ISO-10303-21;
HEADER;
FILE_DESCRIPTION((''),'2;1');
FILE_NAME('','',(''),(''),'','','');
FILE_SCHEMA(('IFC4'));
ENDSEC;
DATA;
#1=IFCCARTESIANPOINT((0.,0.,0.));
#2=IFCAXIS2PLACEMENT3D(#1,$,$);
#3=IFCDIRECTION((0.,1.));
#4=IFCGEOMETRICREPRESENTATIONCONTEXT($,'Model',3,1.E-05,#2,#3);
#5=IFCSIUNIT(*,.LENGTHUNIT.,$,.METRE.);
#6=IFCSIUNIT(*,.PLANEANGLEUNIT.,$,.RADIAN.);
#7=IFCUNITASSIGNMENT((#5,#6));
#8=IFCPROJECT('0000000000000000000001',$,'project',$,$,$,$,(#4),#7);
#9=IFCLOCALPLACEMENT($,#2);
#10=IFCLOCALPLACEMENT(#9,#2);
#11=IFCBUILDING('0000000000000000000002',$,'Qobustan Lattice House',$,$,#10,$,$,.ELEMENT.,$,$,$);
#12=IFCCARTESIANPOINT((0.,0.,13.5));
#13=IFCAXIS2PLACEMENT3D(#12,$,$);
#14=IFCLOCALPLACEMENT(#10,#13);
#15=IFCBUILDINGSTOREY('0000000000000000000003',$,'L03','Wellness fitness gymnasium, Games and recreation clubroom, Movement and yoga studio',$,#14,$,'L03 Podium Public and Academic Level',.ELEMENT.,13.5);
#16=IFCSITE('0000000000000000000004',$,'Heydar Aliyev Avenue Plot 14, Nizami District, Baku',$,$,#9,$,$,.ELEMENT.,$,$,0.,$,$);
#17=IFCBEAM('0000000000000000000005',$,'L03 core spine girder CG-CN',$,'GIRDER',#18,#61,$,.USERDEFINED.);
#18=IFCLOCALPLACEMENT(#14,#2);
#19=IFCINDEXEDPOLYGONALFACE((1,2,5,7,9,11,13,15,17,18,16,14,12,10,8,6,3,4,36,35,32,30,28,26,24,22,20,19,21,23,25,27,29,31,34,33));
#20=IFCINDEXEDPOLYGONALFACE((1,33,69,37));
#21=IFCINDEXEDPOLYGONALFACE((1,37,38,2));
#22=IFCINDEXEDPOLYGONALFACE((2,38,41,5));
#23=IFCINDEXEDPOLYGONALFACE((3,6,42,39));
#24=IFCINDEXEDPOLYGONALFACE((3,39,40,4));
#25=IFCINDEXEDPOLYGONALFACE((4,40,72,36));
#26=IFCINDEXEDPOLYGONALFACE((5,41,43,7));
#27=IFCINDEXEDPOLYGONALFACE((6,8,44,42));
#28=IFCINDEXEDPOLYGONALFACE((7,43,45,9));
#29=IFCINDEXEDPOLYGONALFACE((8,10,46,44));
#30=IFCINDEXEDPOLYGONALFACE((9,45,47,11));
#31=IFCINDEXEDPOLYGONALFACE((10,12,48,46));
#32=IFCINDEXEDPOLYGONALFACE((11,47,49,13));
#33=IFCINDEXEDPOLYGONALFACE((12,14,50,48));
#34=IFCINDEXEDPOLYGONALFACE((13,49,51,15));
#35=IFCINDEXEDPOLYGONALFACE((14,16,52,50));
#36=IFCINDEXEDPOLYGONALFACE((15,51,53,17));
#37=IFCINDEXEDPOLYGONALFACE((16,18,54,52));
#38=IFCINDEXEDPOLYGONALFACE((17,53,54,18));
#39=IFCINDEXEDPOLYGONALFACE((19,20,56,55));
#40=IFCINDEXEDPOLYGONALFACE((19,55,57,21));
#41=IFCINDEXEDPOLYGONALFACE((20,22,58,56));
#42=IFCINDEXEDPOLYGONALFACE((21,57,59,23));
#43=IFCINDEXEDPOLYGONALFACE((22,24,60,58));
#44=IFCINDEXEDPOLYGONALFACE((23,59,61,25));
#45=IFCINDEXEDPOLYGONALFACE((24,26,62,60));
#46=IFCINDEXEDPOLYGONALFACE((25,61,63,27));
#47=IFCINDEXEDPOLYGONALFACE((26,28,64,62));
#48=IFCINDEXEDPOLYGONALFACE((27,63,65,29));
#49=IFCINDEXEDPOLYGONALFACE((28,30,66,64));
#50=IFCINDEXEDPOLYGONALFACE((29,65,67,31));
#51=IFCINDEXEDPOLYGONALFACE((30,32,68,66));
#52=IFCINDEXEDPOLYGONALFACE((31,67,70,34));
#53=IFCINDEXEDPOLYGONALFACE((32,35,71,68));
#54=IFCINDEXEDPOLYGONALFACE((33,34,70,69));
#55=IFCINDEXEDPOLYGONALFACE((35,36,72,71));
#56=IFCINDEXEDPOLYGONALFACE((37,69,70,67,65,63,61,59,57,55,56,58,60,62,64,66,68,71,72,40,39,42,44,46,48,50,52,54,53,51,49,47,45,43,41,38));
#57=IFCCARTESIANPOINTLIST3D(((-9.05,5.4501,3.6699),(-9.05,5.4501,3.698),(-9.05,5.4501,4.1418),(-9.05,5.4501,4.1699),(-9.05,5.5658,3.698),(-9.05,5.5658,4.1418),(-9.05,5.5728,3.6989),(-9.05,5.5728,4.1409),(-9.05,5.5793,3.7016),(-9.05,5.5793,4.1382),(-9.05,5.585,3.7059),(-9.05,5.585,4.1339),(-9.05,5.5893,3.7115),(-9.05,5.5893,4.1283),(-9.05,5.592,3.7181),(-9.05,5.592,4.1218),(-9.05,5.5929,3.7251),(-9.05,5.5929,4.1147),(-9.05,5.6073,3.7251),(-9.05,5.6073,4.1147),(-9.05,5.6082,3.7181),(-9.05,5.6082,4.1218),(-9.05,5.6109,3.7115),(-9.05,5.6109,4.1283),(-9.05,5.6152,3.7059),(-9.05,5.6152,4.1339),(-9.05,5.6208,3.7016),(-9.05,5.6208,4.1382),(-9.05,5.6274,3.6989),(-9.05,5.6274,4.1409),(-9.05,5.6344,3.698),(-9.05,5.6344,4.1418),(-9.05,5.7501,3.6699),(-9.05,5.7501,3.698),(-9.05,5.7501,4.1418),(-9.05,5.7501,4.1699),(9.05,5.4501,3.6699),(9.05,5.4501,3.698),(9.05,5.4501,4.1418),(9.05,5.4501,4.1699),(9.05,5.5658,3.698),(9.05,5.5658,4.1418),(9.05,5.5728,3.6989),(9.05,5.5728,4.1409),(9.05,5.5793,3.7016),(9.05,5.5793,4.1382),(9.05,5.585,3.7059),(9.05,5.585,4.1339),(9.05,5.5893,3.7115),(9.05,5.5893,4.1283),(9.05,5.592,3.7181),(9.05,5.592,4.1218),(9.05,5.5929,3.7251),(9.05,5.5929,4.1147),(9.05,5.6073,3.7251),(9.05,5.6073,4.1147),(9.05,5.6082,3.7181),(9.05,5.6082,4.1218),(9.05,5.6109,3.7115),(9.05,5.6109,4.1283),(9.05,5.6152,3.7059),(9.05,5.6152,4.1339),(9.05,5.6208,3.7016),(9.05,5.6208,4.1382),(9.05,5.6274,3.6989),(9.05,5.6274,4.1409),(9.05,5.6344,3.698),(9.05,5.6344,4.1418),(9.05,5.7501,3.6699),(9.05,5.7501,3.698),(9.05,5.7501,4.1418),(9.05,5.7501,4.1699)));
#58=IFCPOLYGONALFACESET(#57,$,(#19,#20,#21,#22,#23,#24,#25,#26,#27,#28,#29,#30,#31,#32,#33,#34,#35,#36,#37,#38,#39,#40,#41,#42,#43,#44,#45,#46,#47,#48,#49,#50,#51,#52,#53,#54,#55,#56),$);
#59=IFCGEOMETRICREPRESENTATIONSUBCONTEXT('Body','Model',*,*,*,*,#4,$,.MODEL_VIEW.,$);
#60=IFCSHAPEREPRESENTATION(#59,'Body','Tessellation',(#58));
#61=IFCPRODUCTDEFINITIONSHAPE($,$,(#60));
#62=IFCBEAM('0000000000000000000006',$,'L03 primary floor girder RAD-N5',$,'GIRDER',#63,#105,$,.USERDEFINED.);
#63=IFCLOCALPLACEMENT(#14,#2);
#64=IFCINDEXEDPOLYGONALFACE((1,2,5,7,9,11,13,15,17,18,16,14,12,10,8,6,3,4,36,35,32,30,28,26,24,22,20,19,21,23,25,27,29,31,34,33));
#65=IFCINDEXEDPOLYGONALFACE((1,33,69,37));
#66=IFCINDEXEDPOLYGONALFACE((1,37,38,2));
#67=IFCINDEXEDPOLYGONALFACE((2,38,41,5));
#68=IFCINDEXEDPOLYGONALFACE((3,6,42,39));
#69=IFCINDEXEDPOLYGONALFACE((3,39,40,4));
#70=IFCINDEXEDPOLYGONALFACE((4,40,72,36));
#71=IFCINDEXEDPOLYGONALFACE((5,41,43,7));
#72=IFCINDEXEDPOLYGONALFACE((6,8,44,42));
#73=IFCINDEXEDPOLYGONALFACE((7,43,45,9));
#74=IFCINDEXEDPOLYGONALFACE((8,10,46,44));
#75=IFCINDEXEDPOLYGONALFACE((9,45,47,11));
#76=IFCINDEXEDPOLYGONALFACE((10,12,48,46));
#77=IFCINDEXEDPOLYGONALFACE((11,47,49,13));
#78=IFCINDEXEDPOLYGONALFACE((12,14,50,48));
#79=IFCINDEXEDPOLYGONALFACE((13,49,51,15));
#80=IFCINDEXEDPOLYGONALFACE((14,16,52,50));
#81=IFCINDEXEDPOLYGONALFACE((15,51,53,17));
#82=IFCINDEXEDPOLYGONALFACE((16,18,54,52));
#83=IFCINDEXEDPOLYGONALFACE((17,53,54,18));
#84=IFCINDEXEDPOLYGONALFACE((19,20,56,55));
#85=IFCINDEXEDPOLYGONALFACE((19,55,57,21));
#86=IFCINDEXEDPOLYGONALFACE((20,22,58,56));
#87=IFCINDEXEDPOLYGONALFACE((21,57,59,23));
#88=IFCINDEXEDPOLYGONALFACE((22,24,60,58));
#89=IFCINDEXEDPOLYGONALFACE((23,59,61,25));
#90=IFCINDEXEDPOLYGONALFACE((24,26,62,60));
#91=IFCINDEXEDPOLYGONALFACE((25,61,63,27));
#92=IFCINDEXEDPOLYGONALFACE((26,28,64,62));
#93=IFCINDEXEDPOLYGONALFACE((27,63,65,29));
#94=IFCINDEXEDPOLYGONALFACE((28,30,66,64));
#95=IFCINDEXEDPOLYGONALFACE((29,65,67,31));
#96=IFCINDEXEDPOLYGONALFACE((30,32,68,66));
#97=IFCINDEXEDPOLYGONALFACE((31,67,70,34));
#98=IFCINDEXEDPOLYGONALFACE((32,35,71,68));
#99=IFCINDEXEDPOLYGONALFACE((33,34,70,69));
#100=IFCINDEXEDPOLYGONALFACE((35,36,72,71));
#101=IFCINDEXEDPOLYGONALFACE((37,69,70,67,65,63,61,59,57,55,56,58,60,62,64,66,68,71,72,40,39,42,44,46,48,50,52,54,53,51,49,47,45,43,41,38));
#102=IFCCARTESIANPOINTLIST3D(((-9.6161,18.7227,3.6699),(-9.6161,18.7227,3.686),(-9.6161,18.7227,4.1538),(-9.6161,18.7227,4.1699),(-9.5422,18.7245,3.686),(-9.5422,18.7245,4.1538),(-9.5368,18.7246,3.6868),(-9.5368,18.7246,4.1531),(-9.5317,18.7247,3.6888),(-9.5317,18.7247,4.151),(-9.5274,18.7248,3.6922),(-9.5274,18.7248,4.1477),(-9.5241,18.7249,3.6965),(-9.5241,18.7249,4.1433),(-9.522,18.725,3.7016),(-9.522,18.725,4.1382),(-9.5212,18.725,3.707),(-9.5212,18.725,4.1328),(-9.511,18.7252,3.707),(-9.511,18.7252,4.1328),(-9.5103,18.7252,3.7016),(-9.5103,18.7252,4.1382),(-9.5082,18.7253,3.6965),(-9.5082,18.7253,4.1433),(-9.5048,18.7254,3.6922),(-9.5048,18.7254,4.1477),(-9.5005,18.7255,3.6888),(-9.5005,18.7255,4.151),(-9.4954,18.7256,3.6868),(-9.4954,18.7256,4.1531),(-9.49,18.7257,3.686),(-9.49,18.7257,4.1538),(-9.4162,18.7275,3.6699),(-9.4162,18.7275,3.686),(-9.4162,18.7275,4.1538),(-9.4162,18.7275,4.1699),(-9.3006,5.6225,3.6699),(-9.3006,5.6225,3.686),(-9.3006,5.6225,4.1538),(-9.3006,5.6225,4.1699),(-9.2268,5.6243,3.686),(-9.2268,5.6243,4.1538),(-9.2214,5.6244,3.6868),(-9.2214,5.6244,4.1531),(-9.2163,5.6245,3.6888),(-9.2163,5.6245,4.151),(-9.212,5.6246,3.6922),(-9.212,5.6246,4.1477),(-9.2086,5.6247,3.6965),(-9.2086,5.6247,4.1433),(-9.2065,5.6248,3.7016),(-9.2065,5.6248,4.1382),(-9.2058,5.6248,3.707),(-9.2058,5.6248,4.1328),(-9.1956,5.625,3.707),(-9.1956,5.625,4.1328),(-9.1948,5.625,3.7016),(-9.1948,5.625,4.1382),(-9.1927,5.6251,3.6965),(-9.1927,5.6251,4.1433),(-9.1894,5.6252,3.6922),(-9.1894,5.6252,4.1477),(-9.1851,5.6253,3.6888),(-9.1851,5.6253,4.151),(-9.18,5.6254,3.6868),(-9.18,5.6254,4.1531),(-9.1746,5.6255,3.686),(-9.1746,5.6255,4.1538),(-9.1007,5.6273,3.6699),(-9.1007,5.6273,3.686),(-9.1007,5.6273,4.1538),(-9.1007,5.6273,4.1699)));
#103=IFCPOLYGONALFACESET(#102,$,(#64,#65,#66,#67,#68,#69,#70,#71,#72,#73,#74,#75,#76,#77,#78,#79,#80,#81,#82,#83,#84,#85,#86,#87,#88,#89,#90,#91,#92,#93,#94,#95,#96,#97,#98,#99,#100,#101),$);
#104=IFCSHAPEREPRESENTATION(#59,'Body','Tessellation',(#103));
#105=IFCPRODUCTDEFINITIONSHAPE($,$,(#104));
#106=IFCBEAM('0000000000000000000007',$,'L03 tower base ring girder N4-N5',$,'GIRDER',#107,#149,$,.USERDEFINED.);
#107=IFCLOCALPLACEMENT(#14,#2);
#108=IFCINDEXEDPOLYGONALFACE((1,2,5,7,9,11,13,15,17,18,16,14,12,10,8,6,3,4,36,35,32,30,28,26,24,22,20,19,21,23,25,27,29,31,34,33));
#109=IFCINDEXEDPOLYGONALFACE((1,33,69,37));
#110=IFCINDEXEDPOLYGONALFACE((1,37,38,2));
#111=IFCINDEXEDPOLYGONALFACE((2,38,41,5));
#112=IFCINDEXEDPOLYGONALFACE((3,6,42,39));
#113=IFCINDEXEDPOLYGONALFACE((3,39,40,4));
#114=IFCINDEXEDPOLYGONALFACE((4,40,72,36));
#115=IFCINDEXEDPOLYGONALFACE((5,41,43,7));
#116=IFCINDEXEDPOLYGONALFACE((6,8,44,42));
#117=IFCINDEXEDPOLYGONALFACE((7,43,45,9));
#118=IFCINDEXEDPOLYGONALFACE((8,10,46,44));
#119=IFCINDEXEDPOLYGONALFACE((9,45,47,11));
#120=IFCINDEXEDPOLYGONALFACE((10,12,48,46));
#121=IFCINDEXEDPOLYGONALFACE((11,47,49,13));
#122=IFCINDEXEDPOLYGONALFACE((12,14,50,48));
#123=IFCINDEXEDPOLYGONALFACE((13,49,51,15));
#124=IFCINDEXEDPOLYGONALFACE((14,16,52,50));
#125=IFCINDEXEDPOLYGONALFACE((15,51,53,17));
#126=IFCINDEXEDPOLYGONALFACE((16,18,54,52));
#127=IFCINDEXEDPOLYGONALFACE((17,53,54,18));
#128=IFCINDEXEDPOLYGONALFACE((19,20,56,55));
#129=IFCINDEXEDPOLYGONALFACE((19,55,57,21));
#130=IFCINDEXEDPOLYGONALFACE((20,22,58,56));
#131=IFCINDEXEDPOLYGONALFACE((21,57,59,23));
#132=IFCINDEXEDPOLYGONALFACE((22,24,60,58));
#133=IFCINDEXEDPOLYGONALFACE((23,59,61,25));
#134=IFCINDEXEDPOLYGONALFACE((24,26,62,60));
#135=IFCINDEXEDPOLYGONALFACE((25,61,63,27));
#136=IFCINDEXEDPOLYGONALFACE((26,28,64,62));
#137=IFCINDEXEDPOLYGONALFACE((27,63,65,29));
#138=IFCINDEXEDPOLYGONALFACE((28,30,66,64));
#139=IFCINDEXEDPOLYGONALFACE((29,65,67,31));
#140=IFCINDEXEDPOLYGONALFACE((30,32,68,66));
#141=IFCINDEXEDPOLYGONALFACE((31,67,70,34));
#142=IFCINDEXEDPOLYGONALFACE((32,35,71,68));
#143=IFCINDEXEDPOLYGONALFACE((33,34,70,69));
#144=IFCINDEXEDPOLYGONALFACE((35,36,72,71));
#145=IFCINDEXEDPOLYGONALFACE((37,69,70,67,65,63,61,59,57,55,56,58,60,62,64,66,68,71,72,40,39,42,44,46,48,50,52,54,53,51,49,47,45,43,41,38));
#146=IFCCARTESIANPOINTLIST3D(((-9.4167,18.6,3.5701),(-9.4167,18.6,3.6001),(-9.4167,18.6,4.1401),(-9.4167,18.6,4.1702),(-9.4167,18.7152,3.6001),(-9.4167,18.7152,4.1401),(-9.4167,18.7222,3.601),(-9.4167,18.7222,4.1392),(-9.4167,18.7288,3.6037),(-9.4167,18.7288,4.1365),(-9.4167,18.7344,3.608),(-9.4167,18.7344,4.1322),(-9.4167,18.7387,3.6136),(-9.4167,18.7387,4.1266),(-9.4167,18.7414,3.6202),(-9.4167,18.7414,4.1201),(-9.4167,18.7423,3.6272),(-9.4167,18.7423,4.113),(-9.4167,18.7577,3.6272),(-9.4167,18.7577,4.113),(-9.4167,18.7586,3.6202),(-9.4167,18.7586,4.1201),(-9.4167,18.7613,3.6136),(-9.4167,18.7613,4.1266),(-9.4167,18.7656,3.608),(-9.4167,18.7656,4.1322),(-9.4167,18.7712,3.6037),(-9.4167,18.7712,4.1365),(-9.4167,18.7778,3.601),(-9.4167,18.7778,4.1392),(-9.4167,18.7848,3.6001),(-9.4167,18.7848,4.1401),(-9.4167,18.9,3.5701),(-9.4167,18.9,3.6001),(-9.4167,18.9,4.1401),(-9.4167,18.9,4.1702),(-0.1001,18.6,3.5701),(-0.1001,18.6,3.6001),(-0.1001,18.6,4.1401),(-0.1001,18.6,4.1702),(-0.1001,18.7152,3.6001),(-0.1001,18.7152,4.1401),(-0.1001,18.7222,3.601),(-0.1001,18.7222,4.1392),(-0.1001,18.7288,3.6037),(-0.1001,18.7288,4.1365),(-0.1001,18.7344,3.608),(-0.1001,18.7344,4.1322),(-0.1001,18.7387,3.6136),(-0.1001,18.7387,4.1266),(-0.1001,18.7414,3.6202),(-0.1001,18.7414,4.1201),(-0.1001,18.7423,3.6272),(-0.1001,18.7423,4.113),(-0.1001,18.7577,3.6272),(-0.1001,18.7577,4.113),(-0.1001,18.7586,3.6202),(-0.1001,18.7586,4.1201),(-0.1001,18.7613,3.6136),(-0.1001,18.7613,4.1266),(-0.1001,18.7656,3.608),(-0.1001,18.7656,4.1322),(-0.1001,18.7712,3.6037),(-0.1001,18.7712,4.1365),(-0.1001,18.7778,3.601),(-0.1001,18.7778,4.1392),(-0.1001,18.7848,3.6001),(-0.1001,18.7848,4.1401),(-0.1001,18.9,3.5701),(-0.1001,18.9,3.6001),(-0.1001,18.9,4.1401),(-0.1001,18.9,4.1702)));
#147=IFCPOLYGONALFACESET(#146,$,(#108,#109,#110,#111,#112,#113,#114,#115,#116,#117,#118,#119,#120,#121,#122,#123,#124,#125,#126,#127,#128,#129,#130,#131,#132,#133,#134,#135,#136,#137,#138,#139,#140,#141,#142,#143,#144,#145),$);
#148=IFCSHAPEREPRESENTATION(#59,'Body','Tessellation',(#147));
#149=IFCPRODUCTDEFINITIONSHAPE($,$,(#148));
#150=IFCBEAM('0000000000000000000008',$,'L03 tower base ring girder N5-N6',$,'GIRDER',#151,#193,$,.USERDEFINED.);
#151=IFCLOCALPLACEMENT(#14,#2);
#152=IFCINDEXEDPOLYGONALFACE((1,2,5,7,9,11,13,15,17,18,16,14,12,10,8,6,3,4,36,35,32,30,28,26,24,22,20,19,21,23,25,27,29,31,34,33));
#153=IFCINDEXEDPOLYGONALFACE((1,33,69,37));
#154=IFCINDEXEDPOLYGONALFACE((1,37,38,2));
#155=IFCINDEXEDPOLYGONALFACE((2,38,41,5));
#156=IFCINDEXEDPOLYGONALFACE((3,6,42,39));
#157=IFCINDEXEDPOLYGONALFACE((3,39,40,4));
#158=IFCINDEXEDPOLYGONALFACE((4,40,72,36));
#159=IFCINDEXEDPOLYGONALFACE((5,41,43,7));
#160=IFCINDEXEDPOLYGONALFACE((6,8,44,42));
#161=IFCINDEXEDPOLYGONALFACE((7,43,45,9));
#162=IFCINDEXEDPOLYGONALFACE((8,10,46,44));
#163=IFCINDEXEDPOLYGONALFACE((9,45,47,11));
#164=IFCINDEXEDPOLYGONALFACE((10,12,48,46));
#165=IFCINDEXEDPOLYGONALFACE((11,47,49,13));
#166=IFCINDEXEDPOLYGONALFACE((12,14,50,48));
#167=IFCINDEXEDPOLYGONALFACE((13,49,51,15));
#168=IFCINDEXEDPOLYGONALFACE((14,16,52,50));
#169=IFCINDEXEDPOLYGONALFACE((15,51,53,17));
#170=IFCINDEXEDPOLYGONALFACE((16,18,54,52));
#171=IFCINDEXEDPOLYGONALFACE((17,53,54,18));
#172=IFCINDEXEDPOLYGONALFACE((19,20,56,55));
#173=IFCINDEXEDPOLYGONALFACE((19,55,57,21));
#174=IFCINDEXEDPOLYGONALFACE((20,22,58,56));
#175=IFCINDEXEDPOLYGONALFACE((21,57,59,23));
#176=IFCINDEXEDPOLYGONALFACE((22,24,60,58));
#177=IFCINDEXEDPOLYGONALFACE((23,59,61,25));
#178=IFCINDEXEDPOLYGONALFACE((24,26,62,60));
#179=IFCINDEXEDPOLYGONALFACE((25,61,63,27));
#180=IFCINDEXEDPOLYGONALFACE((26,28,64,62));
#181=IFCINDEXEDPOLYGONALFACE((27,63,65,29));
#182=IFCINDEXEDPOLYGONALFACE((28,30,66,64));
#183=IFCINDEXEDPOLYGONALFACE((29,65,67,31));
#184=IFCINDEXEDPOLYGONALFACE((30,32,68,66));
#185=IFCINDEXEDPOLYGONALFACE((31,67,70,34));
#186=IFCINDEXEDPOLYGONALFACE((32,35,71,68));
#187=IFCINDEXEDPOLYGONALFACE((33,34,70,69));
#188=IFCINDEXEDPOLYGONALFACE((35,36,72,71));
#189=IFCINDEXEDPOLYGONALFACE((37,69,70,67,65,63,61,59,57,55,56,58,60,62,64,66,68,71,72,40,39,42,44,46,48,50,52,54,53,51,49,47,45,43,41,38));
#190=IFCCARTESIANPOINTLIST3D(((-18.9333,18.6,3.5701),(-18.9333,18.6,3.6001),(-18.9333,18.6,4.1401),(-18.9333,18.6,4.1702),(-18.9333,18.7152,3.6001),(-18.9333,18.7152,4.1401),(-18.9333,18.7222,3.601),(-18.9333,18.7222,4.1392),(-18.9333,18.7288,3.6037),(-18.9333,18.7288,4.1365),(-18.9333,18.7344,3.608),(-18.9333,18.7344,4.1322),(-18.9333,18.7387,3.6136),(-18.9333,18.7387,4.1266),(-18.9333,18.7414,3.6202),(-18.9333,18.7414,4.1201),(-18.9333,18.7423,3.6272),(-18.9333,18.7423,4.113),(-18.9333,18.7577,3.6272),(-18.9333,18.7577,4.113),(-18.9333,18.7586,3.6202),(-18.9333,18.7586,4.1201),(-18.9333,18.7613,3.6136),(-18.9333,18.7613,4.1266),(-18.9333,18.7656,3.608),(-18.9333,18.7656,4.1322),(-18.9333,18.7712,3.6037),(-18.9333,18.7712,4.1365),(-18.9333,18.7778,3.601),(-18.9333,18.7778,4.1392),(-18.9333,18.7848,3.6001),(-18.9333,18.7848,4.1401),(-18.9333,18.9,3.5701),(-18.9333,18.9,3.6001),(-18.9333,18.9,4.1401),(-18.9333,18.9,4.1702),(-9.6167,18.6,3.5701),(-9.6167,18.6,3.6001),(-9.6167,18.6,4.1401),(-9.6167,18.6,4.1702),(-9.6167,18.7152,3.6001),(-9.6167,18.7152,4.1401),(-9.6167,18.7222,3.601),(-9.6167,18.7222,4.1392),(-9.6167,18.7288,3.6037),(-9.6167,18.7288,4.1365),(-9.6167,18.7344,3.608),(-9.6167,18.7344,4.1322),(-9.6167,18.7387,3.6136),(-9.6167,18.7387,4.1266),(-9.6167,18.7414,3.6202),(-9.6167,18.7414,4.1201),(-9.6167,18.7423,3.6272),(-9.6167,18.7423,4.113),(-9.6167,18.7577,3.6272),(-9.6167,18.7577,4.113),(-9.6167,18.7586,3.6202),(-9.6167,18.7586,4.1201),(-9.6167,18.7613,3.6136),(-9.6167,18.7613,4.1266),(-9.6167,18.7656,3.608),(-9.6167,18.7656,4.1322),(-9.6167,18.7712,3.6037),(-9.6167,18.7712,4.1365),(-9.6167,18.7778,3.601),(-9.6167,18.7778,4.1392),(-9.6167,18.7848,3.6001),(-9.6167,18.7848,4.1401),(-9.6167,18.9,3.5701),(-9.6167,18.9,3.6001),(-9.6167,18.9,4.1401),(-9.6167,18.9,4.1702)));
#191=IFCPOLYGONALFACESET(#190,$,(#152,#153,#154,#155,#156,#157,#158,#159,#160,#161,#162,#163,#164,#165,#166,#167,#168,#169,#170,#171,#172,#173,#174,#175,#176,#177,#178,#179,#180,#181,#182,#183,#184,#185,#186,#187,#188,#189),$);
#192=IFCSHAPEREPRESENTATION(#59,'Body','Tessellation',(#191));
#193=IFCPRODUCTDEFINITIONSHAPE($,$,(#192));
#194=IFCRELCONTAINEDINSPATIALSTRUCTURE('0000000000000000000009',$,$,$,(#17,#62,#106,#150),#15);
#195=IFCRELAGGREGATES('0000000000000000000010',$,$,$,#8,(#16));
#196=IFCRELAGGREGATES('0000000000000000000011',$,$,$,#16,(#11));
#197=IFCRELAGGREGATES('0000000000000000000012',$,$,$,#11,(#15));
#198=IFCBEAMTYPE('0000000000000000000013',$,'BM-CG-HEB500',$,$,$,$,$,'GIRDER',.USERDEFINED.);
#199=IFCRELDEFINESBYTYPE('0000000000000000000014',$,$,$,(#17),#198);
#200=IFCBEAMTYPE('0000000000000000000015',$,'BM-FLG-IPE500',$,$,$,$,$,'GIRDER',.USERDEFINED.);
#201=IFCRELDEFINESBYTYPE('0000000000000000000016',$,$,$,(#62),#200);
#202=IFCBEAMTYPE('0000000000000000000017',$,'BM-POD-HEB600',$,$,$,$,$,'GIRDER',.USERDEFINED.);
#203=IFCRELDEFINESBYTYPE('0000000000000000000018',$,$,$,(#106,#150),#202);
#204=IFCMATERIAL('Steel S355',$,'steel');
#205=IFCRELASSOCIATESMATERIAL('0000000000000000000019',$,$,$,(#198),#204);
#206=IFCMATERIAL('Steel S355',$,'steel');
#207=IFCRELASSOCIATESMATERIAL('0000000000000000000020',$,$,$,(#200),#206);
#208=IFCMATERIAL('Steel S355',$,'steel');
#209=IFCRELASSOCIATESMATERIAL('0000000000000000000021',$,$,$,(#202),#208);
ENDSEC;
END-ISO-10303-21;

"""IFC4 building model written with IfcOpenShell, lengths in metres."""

from ifc_helpers import new_model, si_unit, direction, frame, origin, origin_2d, place, context, subcontext, project, spatial, i_section, extrude, material, material_profile, profile_set, type_object, element, save


model = new_model("IFC4")

# Units and contexts
model_context = context("Model", 3, precision=1e-05, world=origin(), true_north=direction((0.0, 1.0)))
body_context = subcontext(model_context, "Body", "Model", "MODEL_VIEW")
ifc_project = project(units=[si_unit("LENGTHUNIT", "METRE"), si_unit("PLANEANGLEUNIT", "RADIAN")], contexts=[model_context])

# Site, building, storey
site_placement = place(None, origin())
site = spatial("IfcSite", under=ifc_project, at=site_placement, Name="Heydar Aliyev Avenue Plot 14, Nizami District, Baku", CompositionType="ELEMENT", RefElevation=0.0)
building_placement = place(site_placement, origin())
building = spatial("IfcBuilding", under=site, at=building_placement, Name="Qobustan Lattice House", CompositionType="ELEMENT")
storey_placement = place(building_placement, frame((0.0, 0.0, 13.5)))
storey = spatial("IfcBuildingStorey", under=building, at=storey_placement, Name="L03", Description="Wellness fitness gymnasium, Games and recreation clubroom, Movement and yoga studio", LongName="L03 Podium Public and Academic Level", CompositionType="ELEMENT", Elevation=13.5)

# Beams
ifc_material_1 = material(Name="Steel S355", Category="steel")
ifc_material_profile_1 = material_profile(ifc_material_1, i_section(OverallWidth=0.3, OverallDepth=0.5, WebThickness=0.0144, FlangeThickness=0.0281, FilletRadius=0.0271, at=origin_2d()), Name="HEB500")
ifc_profile_set_1 = profile_set([ifc_material_profile_1], Name="Steel S355")
beam_type_1 = type_object("IfcBeamType", Name="BM-CG-HEB500", ElementType="GIRDER", PredefinedType="USERDEFINED", material=ifc_profile_set_1)
beam_1_placement = place(storey_placement, frame((-9.05, 5.6001, 3.9199), z_axis=(1.0, 0.0, 0.0), x_axis=(0.0, 1.0, 0.0)))
element("IfcBeam", 1, at=beam_1_placement, inside=storey, type_object=beam_type_1, Name="L03 core spine girder CG-CN", ObjectType="GIRDER", PredefinedType="USERDEFINED", context=body_context, shape_type="SweptSolid", body=[
    extrude(i_section(OverallWidth=0.3, OverallDepth=0.5, WebThickness=0.0144, FlangeThickness=0.0281, FilletRadius=0.0271, at=origin_2d()), origin(), (0.0, 0.0, 1.0), 18.1001),
])
ifc_material_2 = material(Name="Steel S355", Category="steel")
ifc_material_profile_2 = material_profile(ifc_material_2, i_section(OverallWidth=0.2, OverallDepth=0.5, WebThickness=0.0103, FlangeThickness=0.0161, FilletRadius=0.021, at=origin_2d()), Name="IPE500")
ifc_profile_set_2 = profile_set([ifc_material_profile_2], Name="Steel S355")
beam_type_2 = type_object("IfcBeamType", Name="BM-FLG-IPE500", ElementType="GIRDER", PredefinedType="USERDEFINED", material=ifc_profile_set_2)
beam_2_placement = place(storey_placement, frame((-9.5161, 18.7251, 3.9199), z_axis=(0.024071, -0.99971, 0.0), x_axis=(0.99971, 0.024071, 0.0)))
element("IfcBeam", 2, at=beam_2_placement, inside=storey, type_object=beam_type_2, Name="L03 primary floor girder RAD-N5", ObjectType="GIRDER", PredefinedType="USERDEFINED", context=body_context, shape_type="SweptSolid", body=[
    extrude(i_section(OverallWidth=0.2, OverallDepth=0.5, WebThickness=0.0103, FlangeThickness=0.0161, FilletRadius=0.021, at=origin_2d()), origin(), (0.0, 0.0, 1.0), 13.104),
])
ifc_material_3 = material(Name="Steel S355", Category="steel")
ifc_material_profile_3 = material_profile(ifc_material_3, i_section(OverallWidth=0.3, OverallDepth=0.6001, WebThickness=0.0154, FlangeThickness=0.03, FilletRadius=0.0271, at=origin_2d()), Name="HEB600")
ifc_profile_set_3 = profile_set([ifc_material_profile_3], Name="Steel S355")
beam_type_3 = type_object("IfcBeamType", Name="BM-POD-HEB600", ElementType="GIRDER", PredefinedType="USERDEFINED", material=ifc_profile_set_3)
for number, where, z_axis, x_axis, name in (
    (3, (-0.1001, 18.75, 3.8701), (-1.0, 0.0, 0.0), (0.0, -1.0, 0.0), "L03 tower base ring girder N4-N5"),
    (4, (-9.6167, 18.75, 3.8701), (-1.0, 0.0, 0.0), (0.0, -1.0, 0.0), "L03 tower base ring girder N5-N6"),
):
    element("IfcBeam", number, at=place(storey_placement, frame(where, z_axis=z_axis, x_axis=x_axis)), inside=storey, type_object=beam_type_3, Name=name, ObjectType="GIRDER", PredefinedType="USERDEFINED", context=body_context, shape_type="SweptSolid", body=[
        extrude(i_section(OverallWidth=0.3, OverallDepth=0.6001, WebThickness=0.0154, FlangeThickness=0.03, FilletRadius=0.0271, at=origin_2d()), origin(), (0.0, 0.0, 1.0), 9.3167),
    ])

save(model, "model.ifc")
